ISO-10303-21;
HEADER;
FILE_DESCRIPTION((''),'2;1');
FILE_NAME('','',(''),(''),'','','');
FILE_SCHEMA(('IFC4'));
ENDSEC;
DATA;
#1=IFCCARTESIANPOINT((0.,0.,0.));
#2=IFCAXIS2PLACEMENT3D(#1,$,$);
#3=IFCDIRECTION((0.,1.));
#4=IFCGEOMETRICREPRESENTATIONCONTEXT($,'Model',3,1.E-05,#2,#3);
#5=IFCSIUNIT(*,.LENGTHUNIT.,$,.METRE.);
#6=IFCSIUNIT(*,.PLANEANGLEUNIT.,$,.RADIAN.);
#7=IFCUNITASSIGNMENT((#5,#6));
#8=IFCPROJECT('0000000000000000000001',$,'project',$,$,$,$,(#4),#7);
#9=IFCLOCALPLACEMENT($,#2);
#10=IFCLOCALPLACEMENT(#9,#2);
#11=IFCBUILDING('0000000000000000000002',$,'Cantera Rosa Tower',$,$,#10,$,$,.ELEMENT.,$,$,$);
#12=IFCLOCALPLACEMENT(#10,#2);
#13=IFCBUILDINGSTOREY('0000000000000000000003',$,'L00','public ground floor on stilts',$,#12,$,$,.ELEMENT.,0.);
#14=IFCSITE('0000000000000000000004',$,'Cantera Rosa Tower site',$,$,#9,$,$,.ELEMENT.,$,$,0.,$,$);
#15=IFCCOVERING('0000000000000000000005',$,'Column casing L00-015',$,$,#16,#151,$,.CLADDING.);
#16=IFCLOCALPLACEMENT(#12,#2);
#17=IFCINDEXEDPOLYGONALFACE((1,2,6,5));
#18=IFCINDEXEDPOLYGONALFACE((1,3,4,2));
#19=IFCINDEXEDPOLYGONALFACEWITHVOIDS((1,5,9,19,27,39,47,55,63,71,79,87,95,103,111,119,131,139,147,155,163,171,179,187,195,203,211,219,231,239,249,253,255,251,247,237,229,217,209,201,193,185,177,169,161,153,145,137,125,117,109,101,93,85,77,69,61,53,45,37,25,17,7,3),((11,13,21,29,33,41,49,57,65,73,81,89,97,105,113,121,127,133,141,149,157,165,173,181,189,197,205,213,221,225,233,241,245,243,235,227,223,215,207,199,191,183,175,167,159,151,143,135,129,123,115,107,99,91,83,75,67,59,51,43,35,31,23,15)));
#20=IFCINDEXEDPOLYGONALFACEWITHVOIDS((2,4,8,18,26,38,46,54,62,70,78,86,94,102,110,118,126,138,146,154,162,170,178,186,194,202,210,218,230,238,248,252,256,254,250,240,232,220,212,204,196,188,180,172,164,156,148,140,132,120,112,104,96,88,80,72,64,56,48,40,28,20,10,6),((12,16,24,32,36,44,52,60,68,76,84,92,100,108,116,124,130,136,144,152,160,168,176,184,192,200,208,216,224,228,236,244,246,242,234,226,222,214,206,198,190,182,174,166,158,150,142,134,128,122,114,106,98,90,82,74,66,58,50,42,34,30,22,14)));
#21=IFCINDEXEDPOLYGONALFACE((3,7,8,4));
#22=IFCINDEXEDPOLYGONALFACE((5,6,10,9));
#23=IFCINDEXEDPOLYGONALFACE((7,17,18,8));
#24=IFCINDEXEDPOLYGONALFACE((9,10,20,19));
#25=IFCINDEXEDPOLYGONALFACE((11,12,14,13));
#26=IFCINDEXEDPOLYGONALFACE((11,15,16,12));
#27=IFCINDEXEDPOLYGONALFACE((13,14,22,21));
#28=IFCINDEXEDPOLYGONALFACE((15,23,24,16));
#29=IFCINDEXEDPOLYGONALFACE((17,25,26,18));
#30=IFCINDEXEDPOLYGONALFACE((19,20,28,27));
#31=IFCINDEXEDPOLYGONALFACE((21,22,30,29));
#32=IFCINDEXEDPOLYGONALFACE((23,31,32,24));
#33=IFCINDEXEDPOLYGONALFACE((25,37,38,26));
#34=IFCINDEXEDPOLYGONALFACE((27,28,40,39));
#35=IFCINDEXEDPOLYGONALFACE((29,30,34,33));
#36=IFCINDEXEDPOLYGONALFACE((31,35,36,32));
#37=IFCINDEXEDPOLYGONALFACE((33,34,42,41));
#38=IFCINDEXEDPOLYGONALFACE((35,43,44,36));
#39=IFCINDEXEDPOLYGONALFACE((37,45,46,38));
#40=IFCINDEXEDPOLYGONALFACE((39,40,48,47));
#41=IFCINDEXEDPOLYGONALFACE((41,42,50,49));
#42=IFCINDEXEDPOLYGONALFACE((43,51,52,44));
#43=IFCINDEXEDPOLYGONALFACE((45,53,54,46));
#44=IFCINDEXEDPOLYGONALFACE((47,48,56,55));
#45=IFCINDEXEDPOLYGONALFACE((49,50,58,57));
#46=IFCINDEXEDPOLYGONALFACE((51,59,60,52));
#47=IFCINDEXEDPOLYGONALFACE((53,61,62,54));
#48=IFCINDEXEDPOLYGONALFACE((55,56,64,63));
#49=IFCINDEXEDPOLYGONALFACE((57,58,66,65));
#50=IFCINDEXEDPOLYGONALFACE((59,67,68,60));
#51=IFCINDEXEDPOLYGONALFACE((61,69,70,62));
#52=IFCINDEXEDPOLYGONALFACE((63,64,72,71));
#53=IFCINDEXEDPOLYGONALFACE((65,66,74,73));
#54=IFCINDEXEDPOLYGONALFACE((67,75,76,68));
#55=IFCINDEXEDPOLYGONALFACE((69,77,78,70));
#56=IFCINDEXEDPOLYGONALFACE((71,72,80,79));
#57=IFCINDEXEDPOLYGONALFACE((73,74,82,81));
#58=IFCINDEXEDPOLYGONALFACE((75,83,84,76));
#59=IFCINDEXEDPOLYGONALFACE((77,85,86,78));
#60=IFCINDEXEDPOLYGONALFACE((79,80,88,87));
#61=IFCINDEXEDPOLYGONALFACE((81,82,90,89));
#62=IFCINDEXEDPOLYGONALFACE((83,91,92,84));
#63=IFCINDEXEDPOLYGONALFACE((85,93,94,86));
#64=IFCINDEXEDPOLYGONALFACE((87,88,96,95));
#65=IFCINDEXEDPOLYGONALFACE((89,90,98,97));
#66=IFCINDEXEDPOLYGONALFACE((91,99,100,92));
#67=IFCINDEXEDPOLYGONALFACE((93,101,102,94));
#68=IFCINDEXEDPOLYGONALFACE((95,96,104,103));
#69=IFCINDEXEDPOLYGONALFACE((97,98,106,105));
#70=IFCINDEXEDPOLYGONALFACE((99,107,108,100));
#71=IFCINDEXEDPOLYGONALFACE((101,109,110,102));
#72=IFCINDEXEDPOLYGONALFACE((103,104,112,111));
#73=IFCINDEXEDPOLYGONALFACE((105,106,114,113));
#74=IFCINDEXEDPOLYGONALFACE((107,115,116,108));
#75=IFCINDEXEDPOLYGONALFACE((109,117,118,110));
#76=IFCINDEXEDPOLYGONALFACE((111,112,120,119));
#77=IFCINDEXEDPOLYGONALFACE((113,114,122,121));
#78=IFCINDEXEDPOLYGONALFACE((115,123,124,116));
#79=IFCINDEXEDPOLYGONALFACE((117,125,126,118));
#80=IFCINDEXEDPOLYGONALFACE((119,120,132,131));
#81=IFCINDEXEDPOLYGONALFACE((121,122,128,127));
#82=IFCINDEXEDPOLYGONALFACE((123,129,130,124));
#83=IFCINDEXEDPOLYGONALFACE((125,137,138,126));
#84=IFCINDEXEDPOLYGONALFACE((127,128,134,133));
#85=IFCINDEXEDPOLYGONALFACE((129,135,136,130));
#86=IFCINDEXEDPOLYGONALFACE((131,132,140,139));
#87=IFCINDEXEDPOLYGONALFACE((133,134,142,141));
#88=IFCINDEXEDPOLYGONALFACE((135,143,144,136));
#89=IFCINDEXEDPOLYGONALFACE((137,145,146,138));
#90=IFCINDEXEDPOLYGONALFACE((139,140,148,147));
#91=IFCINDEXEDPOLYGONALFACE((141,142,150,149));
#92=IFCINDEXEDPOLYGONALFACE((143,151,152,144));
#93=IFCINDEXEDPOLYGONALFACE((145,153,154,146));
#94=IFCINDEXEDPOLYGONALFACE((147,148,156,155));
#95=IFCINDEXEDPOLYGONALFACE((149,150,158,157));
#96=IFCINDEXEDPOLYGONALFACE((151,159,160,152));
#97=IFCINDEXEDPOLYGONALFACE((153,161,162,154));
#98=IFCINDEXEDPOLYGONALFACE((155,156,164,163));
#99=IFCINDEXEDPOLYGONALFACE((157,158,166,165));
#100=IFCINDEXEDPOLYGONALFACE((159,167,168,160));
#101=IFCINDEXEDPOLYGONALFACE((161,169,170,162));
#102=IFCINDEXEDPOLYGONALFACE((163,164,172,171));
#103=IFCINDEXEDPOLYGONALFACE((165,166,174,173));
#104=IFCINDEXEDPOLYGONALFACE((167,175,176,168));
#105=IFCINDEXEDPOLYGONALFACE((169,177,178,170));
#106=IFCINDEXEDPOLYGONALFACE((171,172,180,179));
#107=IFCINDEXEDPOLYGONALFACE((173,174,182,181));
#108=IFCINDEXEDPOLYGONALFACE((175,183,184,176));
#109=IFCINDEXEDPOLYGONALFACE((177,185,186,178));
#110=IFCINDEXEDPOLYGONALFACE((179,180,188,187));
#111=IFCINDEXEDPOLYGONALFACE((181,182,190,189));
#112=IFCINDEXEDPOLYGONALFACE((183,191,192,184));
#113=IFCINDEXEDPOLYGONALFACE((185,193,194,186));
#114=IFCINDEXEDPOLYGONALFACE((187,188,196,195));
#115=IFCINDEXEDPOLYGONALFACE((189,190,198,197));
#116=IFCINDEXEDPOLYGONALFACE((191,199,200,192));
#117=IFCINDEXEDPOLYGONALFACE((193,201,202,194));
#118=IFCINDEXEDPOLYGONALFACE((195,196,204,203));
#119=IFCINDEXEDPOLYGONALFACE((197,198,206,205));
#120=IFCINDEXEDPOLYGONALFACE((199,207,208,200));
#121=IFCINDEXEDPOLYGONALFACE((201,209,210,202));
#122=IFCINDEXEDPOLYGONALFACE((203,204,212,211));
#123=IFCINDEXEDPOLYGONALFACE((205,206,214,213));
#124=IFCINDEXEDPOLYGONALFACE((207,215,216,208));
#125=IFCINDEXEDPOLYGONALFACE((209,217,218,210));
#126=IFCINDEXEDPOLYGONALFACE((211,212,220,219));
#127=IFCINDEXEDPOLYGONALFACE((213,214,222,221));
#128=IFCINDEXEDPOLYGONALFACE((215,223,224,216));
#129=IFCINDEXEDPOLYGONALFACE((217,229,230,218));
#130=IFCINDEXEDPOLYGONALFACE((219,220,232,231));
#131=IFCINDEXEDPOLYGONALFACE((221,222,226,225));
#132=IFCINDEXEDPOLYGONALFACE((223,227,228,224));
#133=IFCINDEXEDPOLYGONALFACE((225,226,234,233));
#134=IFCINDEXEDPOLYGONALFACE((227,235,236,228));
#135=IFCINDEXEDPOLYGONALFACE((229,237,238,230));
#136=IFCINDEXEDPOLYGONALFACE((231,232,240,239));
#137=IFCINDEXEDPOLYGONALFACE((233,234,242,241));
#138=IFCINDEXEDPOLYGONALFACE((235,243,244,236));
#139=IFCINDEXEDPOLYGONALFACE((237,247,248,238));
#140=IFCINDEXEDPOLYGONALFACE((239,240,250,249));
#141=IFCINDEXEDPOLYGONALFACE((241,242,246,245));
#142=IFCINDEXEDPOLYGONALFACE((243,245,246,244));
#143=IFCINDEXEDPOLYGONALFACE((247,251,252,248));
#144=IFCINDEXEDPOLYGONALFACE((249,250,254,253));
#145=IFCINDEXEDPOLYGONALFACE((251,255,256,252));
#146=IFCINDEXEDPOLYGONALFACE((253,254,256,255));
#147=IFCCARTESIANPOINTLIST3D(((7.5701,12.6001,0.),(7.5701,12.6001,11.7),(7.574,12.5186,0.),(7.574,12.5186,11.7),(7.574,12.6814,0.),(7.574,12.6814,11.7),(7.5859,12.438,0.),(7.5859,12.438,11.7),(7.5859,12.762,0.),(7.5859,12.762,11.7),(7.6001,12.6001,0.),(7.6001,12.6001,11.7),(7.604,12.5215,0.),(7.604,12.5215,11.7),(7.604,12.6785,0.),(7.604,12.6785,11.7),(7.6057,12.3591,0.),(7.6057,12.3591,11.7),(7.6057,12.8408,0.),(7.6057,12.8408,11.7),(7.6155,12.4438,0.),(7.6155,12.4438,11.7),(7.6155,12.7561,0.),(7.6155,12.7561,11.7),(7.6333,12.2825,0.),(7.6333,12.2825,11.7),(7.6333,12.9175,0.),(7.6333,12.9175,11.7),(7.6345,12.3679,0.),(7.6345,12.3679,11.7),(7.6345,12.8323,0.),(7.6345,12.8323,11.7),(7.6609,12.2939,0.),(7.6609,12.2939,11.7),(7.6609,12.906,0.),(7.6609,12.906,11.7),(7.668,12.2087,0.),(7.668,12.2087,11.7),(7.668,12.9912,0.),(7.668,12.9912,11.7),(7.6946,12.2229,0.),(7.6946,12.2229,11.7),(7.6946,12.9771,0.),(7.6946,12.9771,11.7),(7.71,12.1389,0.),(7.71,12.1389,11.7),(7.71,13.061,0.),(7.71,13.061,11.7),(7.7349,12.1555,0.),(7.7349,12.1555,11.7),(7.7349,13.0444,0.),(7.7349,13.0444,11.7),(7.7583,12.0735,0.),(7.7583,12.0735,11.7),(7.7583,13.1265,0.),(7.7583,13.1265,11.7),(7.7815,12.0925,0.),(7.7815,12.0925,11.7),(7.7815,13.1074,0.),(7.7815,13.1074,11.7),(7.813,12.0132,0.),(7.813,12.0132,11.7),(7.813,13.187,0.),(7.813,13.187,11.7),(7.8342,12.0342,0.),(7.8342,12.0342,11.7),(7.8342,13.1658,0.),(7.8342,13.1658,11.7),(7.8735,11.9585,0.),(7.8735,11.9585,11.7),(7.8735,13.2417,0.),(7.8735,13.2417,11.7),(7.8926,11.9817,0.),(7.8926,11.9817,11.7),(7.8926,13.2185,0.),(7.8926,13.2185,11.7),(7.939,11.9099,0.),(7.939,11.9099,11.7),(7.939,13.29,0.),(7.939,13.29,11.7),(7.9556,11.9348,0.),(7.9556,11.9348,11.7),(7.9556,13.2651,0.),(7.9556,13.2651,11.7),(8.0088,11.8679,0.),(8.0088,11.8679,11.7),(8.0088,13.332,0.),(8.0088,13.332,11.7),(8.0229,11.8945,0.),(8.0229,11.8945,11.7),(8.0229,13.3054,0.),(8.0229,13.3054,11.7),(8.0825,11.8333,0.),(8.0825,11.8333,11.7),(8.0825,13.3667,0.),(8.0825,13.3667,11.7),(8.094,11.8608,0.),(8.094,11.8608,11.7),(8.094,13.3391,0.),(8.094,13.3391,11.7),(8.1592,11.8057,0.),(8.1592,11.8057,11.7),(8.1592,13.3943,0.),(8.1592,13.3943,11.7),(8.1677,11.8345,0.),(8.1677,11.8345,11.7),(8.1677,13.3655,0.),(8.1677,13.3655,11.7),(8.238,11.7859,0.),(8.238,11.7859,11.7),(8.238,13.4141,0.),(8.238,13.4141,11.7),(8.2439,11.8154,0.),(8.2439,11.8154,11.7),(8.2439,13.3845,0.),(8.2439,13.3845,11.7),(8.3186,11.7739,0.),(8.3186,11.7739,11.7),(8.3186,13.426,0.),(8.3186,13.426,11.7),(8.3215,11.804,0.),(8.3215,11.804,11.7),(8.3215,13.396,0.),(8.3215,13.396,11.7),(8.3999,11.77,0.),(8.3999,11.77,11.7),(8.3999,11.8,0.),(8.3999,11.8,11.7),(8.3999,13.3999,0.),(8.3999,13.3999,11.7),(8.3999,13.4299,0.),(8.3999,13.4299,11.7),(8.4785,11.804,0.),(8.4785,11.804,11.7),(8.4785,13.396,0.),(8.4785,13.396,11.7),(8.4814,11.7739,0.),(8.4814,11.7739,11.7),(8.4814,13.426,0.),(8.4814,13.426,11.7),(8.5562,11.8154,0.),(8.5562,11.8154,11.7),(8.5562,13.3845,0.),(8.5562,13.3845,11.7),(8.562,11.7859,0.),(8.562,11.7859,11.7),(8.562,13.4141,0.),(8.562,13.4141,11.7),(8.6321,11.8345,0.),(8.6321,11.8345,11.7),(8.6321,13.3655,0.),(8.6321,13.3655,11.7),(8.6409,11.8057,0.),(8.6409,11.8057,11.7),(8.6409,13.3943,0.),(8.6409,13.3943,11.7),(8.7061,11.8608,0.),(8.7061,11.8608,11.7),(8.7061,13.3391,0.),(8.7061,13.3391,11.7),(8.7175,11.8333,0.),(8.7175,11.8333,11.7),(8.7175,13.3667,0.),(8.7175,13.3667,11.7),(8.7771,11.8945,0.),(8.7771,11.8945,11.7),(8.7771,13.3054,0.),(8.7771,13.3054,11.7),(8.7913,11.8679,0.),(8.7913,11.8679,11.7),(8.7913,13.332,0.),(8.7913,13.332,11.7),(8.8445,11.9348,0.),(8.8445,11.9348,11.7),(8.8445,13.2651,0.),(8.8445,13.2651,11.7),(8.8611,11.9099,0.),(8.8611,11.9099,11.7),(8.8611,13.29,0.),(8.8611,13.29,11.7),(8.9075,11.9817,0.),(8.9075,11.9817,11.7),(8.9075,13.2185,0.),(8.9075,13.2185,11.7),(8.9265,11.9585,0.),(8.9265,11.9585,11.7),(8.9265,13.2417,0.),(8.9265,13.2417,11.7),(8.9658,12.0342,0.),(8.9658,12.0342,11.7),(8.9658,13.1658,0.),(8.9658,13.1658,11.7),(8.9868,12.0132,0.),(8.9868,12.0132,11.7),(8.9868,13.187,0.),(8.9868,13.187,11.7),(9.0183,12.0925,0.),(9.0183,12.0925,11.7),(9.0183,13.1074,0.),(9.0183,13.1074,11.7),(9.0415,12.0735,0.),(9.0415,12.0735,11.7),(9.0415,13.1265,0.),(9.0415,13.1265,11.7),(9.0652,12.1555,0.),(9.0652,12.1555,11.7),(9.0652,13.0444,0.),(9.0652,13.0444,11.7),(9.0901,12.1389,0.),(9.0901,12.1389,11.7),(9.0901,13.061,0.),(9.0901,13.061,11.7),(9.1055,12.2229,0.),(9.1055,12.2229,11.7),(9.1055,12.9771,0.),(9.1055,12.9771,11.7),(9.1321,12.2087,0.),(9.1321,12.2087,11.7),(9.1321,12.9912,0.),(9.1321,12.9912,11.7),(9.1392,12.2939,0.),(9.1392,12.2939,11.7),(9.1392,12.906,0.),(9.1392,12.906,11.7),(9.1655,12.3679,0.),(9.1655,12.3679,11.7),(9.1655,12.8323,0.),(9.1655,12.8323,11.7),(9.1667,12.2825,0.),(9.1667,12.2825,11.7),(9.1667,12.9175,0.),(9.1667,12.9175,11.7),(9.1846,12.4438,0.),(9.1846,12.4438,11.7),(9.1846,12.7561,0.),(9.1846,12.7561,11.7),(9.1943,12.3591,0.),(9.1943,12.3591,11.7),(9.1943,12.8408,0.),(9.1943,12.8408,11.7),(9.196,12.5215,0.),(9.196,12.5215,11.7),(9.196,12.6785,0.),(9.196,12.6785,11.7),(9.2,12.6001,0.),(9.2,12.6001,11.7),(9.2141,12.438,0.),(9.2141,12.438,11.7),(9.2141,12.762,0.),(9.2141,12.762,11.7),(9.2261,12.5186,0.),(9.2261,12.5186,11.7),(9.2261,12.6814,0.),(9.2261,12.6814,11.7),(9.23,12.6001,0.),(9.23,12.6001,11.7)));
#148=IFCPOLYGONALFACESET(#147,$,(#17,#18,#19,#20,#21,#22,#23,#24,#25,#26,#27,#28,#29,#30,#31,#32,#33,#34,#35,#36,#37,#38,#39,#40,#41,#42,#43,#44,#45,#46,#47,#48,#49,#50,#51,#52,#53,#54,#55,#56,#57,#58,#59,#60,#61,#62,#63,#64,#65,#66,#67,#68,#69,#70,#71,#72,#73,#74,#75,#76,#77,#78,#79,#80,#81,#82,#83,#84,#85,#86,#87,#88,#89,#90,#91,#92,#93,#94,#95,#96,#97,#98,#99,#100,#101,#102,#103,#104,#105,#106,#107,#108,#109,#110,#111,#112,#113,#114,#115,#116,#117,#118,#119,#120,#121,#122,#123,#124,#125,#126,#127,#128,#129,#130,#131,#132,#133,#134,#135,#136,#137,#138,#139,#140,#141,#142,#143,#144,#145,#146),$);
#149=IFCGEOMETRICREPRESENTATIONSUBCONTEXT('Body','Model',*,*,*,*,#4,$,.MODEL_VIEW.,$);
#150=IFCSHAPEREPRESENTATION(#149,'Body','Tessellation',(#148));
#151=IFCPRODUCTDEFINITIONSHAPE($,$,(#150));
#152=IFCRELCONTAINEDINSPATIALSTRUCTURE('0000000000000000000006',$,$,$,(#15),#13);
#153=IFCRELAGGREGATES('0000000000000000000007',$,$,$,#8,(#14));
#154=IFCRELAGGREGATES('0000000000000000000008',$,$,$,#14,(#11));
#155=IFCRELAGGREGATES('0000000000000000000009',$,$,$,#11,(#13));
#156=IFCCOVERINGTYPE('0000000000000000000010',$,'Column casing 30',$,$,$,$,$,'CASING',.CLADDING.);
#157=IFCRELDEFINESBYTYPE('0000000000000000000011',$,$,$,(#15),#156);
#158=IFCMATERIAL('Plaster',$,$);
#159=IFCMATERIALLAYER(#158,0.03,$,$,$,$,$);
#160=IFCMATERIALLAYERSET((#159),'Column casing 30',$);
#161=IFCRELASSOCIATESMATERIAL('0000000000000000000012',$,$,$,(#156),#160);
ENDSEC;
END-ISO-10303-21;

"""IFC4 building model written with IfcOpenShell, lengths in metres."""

from ifc_helpers import new_model, si_unit, direction, origin, place, context, subcontext, project, spatial, polyline, outline, extrude, material, layer, layer_set, type_object, element, save


model = new_model("IFC4")

# Units and contexts
model_context = context("Model", 3, precision=1e-05, world=origin(), true_north=direction((0.0, 1.0)))
body_context = subcontext(model_context, "Body", "Model", "MODEL_VIEW")
ifc_project = project(units=[si_unit("LENGTHUNIT", "METRE"), si_unit("PLANEANGLEUNIT", "RADIAN")], contexts=[model_context])

# Site, building, storey
site_placement = place(None, origin())
site = spatial("IfcSite", under=ifc_project, at=site_placement, Name="Cantera Rosa Tower site", CompositionType="ELEMENT", RefElevation=0.0)
building_placement = place(site_placement, origin())
building = spatial("IfcBuilding", under=site, at=building_placement, Name="Cantera Rosa Tower", CompositionType="ELEMENT")
storey_placement = place(building_placement, origin())
storey = spatial("IfcBuildingStorey", under=building, at=storey_placement, Name="L00", Description="public ground floor on stilts", CompositionType="ELEMENT", Elevation=0.0)

# Covering
ifc_material_1 = material(Name="Plaster")
ifc_layer_1 = layer(ifc_material_1, 0.03)
ifc_layer_set_1 = layer_set([ifc_layer_1], Name="Column casing 30")
covering_type = type_object("IfcCoveringType", Name="Column casing 30", ElementType="CASING", PredefinedType="CLADDING", material=ifc_layer_set_1)
covering_1_placement = place(storey_placement, origin())
element("IfcCovering", 1, at=covering_1_placement, inside=storey, type_object=covering_type, Name="Column casing L00-015", PredefinedType="CLADDING", context=body_context, shape_type="SweptSolid", body=[
    extrude(outline(polyline([(9.2261, 12.5186), (9.23, 12.6001), (9.2261, 12.6814), (9.2141, 12.762), (9.1943, 12.8408), (9.1667, 12.9175), (9.1321, 12.9912), (9.0901, 13.061), (9.0415, 13.1265), (8.9868, 13.187), (8.9265, 13.2417), (8.8611, 13.29), (8.7913, 13.332), (8.7175, 13.3667), (8.6409, 13.3943), (8.562, 13.4141), (8.4814, 13.426), (8.3999, 13.4299), (8.3186, 13.426), (8.238, 13.4141), (8.1592, 13.3943), (8.0825, 13.3667), (8.0088, 13.332), (7.939, 13.29), (7.8735, 13.2417), (7.813, 13.187), (7.7583, 13.1265), (7.71, 13.061), (7.668, 12.9912), (7.6333, 12.9175), (7.6057, 12.8408), (7.5859, 12.762), (7.574, 12.6814), (7.5701, 12.6001), (7.574, 12.5186), (7.5859, 12.438), (7.6057, 12.3591), (7.6333, 12.2825), (7.668, 12.2087), (7.71, 12.1389), (7.7583, 12.0735), (7.813, 12.0132), (7.8735, 11.9585), (7.939, 11.9099), (8.0088, 11.8679), (8.0825, 11.8333), (8.1592, 11.8057), (8.238, 11.7859), (8.3186, 11.7739), (8.3999, 11.77), (8.4814, 11.7739), (8.562, 11.7859), (8.6409, 11.8057), (8.7175, 11.8333), (8.7913, 11.8679), (8.8611, 11.9099), (8.9265, 11.9585), (8.9868, 12.0132), (9.0415, 12.0735), (9.0901, 12.1389), (9.1321, 12.2087), (9.1667, 12.2825), (9.1943, 12.3591), (9.2141, 12.438), (9.2261, 12.5186)]), holes=[polyline([(9.196, 12.6785), (9.1846, 12.7561), (9.1655, 12.8323), (9.1392, 12.906), (9.1055, 12.9771), (9.0652, 13.0444), (9.0183, 13.1074), (8.9658, 13.1658), (8.9075, 13.2185), (8.8445, 13.2651), (8.7771, 13.3054), (8.7061, 13.3391), (8.6321, 13.3655), (8.5562, 13.3845), (8.4785, 13.396), (8.3999, 13.3999), (8.3215, 13.396), (8.2439, 13.3845), (8.1677, 13.3655), (8.094, 13.3391), (8.0229, 13.3054), (7.9556, 13.2651), (7.8926, 13.2185), (7.8342, 13.1658), (7.7815, 13.1074), (7.7349, 13.0444), (7.6946, 12.9771), (7.6609, 12.906), (7.6345, 12.8323), (7.6155, 12.7561), (7.604, 12.6785), (7.6001, 12.6001), (7.604, 12.5215), (7.6155, 12.4438), (7.6345, 12.3679), (7.6609, 12.2939), (7.6946, 12.2229), (7.7349, 12.1555), (7.7815, 12.0925), (7.8342, 12.0342), (7.8926, 11.9817), (7.9556, 11.9348), (8.0229, 11.8945), (8.094, 11.8608), (8.1677, 11.8345), (8.2439, 11.8154), (8.3215, 11.804), (8.3999, 11.8), (8.4785, 11.804), (8.5562, 11.8154), (8.6321, 11.8345), (8.7061, 11.8608), (8.7771, 11.8945), (8.8445, 11.9348), (8.9075, 11.9817), (8.9658, 12.0342), (9.0183, 12.0925), (9.0652, 12.1555), (9.1055, 12.2229), (9.1392, 12.2939), (9.1655, 12.3679), (9.1846, 12.4438), (9.196, 12.5215), (9.2, 12.6001), (9.196, 12.6785)])]), origin(), (0.0, 0.0, 1.0), 11.7),
])

save(model, "model.ifc")
